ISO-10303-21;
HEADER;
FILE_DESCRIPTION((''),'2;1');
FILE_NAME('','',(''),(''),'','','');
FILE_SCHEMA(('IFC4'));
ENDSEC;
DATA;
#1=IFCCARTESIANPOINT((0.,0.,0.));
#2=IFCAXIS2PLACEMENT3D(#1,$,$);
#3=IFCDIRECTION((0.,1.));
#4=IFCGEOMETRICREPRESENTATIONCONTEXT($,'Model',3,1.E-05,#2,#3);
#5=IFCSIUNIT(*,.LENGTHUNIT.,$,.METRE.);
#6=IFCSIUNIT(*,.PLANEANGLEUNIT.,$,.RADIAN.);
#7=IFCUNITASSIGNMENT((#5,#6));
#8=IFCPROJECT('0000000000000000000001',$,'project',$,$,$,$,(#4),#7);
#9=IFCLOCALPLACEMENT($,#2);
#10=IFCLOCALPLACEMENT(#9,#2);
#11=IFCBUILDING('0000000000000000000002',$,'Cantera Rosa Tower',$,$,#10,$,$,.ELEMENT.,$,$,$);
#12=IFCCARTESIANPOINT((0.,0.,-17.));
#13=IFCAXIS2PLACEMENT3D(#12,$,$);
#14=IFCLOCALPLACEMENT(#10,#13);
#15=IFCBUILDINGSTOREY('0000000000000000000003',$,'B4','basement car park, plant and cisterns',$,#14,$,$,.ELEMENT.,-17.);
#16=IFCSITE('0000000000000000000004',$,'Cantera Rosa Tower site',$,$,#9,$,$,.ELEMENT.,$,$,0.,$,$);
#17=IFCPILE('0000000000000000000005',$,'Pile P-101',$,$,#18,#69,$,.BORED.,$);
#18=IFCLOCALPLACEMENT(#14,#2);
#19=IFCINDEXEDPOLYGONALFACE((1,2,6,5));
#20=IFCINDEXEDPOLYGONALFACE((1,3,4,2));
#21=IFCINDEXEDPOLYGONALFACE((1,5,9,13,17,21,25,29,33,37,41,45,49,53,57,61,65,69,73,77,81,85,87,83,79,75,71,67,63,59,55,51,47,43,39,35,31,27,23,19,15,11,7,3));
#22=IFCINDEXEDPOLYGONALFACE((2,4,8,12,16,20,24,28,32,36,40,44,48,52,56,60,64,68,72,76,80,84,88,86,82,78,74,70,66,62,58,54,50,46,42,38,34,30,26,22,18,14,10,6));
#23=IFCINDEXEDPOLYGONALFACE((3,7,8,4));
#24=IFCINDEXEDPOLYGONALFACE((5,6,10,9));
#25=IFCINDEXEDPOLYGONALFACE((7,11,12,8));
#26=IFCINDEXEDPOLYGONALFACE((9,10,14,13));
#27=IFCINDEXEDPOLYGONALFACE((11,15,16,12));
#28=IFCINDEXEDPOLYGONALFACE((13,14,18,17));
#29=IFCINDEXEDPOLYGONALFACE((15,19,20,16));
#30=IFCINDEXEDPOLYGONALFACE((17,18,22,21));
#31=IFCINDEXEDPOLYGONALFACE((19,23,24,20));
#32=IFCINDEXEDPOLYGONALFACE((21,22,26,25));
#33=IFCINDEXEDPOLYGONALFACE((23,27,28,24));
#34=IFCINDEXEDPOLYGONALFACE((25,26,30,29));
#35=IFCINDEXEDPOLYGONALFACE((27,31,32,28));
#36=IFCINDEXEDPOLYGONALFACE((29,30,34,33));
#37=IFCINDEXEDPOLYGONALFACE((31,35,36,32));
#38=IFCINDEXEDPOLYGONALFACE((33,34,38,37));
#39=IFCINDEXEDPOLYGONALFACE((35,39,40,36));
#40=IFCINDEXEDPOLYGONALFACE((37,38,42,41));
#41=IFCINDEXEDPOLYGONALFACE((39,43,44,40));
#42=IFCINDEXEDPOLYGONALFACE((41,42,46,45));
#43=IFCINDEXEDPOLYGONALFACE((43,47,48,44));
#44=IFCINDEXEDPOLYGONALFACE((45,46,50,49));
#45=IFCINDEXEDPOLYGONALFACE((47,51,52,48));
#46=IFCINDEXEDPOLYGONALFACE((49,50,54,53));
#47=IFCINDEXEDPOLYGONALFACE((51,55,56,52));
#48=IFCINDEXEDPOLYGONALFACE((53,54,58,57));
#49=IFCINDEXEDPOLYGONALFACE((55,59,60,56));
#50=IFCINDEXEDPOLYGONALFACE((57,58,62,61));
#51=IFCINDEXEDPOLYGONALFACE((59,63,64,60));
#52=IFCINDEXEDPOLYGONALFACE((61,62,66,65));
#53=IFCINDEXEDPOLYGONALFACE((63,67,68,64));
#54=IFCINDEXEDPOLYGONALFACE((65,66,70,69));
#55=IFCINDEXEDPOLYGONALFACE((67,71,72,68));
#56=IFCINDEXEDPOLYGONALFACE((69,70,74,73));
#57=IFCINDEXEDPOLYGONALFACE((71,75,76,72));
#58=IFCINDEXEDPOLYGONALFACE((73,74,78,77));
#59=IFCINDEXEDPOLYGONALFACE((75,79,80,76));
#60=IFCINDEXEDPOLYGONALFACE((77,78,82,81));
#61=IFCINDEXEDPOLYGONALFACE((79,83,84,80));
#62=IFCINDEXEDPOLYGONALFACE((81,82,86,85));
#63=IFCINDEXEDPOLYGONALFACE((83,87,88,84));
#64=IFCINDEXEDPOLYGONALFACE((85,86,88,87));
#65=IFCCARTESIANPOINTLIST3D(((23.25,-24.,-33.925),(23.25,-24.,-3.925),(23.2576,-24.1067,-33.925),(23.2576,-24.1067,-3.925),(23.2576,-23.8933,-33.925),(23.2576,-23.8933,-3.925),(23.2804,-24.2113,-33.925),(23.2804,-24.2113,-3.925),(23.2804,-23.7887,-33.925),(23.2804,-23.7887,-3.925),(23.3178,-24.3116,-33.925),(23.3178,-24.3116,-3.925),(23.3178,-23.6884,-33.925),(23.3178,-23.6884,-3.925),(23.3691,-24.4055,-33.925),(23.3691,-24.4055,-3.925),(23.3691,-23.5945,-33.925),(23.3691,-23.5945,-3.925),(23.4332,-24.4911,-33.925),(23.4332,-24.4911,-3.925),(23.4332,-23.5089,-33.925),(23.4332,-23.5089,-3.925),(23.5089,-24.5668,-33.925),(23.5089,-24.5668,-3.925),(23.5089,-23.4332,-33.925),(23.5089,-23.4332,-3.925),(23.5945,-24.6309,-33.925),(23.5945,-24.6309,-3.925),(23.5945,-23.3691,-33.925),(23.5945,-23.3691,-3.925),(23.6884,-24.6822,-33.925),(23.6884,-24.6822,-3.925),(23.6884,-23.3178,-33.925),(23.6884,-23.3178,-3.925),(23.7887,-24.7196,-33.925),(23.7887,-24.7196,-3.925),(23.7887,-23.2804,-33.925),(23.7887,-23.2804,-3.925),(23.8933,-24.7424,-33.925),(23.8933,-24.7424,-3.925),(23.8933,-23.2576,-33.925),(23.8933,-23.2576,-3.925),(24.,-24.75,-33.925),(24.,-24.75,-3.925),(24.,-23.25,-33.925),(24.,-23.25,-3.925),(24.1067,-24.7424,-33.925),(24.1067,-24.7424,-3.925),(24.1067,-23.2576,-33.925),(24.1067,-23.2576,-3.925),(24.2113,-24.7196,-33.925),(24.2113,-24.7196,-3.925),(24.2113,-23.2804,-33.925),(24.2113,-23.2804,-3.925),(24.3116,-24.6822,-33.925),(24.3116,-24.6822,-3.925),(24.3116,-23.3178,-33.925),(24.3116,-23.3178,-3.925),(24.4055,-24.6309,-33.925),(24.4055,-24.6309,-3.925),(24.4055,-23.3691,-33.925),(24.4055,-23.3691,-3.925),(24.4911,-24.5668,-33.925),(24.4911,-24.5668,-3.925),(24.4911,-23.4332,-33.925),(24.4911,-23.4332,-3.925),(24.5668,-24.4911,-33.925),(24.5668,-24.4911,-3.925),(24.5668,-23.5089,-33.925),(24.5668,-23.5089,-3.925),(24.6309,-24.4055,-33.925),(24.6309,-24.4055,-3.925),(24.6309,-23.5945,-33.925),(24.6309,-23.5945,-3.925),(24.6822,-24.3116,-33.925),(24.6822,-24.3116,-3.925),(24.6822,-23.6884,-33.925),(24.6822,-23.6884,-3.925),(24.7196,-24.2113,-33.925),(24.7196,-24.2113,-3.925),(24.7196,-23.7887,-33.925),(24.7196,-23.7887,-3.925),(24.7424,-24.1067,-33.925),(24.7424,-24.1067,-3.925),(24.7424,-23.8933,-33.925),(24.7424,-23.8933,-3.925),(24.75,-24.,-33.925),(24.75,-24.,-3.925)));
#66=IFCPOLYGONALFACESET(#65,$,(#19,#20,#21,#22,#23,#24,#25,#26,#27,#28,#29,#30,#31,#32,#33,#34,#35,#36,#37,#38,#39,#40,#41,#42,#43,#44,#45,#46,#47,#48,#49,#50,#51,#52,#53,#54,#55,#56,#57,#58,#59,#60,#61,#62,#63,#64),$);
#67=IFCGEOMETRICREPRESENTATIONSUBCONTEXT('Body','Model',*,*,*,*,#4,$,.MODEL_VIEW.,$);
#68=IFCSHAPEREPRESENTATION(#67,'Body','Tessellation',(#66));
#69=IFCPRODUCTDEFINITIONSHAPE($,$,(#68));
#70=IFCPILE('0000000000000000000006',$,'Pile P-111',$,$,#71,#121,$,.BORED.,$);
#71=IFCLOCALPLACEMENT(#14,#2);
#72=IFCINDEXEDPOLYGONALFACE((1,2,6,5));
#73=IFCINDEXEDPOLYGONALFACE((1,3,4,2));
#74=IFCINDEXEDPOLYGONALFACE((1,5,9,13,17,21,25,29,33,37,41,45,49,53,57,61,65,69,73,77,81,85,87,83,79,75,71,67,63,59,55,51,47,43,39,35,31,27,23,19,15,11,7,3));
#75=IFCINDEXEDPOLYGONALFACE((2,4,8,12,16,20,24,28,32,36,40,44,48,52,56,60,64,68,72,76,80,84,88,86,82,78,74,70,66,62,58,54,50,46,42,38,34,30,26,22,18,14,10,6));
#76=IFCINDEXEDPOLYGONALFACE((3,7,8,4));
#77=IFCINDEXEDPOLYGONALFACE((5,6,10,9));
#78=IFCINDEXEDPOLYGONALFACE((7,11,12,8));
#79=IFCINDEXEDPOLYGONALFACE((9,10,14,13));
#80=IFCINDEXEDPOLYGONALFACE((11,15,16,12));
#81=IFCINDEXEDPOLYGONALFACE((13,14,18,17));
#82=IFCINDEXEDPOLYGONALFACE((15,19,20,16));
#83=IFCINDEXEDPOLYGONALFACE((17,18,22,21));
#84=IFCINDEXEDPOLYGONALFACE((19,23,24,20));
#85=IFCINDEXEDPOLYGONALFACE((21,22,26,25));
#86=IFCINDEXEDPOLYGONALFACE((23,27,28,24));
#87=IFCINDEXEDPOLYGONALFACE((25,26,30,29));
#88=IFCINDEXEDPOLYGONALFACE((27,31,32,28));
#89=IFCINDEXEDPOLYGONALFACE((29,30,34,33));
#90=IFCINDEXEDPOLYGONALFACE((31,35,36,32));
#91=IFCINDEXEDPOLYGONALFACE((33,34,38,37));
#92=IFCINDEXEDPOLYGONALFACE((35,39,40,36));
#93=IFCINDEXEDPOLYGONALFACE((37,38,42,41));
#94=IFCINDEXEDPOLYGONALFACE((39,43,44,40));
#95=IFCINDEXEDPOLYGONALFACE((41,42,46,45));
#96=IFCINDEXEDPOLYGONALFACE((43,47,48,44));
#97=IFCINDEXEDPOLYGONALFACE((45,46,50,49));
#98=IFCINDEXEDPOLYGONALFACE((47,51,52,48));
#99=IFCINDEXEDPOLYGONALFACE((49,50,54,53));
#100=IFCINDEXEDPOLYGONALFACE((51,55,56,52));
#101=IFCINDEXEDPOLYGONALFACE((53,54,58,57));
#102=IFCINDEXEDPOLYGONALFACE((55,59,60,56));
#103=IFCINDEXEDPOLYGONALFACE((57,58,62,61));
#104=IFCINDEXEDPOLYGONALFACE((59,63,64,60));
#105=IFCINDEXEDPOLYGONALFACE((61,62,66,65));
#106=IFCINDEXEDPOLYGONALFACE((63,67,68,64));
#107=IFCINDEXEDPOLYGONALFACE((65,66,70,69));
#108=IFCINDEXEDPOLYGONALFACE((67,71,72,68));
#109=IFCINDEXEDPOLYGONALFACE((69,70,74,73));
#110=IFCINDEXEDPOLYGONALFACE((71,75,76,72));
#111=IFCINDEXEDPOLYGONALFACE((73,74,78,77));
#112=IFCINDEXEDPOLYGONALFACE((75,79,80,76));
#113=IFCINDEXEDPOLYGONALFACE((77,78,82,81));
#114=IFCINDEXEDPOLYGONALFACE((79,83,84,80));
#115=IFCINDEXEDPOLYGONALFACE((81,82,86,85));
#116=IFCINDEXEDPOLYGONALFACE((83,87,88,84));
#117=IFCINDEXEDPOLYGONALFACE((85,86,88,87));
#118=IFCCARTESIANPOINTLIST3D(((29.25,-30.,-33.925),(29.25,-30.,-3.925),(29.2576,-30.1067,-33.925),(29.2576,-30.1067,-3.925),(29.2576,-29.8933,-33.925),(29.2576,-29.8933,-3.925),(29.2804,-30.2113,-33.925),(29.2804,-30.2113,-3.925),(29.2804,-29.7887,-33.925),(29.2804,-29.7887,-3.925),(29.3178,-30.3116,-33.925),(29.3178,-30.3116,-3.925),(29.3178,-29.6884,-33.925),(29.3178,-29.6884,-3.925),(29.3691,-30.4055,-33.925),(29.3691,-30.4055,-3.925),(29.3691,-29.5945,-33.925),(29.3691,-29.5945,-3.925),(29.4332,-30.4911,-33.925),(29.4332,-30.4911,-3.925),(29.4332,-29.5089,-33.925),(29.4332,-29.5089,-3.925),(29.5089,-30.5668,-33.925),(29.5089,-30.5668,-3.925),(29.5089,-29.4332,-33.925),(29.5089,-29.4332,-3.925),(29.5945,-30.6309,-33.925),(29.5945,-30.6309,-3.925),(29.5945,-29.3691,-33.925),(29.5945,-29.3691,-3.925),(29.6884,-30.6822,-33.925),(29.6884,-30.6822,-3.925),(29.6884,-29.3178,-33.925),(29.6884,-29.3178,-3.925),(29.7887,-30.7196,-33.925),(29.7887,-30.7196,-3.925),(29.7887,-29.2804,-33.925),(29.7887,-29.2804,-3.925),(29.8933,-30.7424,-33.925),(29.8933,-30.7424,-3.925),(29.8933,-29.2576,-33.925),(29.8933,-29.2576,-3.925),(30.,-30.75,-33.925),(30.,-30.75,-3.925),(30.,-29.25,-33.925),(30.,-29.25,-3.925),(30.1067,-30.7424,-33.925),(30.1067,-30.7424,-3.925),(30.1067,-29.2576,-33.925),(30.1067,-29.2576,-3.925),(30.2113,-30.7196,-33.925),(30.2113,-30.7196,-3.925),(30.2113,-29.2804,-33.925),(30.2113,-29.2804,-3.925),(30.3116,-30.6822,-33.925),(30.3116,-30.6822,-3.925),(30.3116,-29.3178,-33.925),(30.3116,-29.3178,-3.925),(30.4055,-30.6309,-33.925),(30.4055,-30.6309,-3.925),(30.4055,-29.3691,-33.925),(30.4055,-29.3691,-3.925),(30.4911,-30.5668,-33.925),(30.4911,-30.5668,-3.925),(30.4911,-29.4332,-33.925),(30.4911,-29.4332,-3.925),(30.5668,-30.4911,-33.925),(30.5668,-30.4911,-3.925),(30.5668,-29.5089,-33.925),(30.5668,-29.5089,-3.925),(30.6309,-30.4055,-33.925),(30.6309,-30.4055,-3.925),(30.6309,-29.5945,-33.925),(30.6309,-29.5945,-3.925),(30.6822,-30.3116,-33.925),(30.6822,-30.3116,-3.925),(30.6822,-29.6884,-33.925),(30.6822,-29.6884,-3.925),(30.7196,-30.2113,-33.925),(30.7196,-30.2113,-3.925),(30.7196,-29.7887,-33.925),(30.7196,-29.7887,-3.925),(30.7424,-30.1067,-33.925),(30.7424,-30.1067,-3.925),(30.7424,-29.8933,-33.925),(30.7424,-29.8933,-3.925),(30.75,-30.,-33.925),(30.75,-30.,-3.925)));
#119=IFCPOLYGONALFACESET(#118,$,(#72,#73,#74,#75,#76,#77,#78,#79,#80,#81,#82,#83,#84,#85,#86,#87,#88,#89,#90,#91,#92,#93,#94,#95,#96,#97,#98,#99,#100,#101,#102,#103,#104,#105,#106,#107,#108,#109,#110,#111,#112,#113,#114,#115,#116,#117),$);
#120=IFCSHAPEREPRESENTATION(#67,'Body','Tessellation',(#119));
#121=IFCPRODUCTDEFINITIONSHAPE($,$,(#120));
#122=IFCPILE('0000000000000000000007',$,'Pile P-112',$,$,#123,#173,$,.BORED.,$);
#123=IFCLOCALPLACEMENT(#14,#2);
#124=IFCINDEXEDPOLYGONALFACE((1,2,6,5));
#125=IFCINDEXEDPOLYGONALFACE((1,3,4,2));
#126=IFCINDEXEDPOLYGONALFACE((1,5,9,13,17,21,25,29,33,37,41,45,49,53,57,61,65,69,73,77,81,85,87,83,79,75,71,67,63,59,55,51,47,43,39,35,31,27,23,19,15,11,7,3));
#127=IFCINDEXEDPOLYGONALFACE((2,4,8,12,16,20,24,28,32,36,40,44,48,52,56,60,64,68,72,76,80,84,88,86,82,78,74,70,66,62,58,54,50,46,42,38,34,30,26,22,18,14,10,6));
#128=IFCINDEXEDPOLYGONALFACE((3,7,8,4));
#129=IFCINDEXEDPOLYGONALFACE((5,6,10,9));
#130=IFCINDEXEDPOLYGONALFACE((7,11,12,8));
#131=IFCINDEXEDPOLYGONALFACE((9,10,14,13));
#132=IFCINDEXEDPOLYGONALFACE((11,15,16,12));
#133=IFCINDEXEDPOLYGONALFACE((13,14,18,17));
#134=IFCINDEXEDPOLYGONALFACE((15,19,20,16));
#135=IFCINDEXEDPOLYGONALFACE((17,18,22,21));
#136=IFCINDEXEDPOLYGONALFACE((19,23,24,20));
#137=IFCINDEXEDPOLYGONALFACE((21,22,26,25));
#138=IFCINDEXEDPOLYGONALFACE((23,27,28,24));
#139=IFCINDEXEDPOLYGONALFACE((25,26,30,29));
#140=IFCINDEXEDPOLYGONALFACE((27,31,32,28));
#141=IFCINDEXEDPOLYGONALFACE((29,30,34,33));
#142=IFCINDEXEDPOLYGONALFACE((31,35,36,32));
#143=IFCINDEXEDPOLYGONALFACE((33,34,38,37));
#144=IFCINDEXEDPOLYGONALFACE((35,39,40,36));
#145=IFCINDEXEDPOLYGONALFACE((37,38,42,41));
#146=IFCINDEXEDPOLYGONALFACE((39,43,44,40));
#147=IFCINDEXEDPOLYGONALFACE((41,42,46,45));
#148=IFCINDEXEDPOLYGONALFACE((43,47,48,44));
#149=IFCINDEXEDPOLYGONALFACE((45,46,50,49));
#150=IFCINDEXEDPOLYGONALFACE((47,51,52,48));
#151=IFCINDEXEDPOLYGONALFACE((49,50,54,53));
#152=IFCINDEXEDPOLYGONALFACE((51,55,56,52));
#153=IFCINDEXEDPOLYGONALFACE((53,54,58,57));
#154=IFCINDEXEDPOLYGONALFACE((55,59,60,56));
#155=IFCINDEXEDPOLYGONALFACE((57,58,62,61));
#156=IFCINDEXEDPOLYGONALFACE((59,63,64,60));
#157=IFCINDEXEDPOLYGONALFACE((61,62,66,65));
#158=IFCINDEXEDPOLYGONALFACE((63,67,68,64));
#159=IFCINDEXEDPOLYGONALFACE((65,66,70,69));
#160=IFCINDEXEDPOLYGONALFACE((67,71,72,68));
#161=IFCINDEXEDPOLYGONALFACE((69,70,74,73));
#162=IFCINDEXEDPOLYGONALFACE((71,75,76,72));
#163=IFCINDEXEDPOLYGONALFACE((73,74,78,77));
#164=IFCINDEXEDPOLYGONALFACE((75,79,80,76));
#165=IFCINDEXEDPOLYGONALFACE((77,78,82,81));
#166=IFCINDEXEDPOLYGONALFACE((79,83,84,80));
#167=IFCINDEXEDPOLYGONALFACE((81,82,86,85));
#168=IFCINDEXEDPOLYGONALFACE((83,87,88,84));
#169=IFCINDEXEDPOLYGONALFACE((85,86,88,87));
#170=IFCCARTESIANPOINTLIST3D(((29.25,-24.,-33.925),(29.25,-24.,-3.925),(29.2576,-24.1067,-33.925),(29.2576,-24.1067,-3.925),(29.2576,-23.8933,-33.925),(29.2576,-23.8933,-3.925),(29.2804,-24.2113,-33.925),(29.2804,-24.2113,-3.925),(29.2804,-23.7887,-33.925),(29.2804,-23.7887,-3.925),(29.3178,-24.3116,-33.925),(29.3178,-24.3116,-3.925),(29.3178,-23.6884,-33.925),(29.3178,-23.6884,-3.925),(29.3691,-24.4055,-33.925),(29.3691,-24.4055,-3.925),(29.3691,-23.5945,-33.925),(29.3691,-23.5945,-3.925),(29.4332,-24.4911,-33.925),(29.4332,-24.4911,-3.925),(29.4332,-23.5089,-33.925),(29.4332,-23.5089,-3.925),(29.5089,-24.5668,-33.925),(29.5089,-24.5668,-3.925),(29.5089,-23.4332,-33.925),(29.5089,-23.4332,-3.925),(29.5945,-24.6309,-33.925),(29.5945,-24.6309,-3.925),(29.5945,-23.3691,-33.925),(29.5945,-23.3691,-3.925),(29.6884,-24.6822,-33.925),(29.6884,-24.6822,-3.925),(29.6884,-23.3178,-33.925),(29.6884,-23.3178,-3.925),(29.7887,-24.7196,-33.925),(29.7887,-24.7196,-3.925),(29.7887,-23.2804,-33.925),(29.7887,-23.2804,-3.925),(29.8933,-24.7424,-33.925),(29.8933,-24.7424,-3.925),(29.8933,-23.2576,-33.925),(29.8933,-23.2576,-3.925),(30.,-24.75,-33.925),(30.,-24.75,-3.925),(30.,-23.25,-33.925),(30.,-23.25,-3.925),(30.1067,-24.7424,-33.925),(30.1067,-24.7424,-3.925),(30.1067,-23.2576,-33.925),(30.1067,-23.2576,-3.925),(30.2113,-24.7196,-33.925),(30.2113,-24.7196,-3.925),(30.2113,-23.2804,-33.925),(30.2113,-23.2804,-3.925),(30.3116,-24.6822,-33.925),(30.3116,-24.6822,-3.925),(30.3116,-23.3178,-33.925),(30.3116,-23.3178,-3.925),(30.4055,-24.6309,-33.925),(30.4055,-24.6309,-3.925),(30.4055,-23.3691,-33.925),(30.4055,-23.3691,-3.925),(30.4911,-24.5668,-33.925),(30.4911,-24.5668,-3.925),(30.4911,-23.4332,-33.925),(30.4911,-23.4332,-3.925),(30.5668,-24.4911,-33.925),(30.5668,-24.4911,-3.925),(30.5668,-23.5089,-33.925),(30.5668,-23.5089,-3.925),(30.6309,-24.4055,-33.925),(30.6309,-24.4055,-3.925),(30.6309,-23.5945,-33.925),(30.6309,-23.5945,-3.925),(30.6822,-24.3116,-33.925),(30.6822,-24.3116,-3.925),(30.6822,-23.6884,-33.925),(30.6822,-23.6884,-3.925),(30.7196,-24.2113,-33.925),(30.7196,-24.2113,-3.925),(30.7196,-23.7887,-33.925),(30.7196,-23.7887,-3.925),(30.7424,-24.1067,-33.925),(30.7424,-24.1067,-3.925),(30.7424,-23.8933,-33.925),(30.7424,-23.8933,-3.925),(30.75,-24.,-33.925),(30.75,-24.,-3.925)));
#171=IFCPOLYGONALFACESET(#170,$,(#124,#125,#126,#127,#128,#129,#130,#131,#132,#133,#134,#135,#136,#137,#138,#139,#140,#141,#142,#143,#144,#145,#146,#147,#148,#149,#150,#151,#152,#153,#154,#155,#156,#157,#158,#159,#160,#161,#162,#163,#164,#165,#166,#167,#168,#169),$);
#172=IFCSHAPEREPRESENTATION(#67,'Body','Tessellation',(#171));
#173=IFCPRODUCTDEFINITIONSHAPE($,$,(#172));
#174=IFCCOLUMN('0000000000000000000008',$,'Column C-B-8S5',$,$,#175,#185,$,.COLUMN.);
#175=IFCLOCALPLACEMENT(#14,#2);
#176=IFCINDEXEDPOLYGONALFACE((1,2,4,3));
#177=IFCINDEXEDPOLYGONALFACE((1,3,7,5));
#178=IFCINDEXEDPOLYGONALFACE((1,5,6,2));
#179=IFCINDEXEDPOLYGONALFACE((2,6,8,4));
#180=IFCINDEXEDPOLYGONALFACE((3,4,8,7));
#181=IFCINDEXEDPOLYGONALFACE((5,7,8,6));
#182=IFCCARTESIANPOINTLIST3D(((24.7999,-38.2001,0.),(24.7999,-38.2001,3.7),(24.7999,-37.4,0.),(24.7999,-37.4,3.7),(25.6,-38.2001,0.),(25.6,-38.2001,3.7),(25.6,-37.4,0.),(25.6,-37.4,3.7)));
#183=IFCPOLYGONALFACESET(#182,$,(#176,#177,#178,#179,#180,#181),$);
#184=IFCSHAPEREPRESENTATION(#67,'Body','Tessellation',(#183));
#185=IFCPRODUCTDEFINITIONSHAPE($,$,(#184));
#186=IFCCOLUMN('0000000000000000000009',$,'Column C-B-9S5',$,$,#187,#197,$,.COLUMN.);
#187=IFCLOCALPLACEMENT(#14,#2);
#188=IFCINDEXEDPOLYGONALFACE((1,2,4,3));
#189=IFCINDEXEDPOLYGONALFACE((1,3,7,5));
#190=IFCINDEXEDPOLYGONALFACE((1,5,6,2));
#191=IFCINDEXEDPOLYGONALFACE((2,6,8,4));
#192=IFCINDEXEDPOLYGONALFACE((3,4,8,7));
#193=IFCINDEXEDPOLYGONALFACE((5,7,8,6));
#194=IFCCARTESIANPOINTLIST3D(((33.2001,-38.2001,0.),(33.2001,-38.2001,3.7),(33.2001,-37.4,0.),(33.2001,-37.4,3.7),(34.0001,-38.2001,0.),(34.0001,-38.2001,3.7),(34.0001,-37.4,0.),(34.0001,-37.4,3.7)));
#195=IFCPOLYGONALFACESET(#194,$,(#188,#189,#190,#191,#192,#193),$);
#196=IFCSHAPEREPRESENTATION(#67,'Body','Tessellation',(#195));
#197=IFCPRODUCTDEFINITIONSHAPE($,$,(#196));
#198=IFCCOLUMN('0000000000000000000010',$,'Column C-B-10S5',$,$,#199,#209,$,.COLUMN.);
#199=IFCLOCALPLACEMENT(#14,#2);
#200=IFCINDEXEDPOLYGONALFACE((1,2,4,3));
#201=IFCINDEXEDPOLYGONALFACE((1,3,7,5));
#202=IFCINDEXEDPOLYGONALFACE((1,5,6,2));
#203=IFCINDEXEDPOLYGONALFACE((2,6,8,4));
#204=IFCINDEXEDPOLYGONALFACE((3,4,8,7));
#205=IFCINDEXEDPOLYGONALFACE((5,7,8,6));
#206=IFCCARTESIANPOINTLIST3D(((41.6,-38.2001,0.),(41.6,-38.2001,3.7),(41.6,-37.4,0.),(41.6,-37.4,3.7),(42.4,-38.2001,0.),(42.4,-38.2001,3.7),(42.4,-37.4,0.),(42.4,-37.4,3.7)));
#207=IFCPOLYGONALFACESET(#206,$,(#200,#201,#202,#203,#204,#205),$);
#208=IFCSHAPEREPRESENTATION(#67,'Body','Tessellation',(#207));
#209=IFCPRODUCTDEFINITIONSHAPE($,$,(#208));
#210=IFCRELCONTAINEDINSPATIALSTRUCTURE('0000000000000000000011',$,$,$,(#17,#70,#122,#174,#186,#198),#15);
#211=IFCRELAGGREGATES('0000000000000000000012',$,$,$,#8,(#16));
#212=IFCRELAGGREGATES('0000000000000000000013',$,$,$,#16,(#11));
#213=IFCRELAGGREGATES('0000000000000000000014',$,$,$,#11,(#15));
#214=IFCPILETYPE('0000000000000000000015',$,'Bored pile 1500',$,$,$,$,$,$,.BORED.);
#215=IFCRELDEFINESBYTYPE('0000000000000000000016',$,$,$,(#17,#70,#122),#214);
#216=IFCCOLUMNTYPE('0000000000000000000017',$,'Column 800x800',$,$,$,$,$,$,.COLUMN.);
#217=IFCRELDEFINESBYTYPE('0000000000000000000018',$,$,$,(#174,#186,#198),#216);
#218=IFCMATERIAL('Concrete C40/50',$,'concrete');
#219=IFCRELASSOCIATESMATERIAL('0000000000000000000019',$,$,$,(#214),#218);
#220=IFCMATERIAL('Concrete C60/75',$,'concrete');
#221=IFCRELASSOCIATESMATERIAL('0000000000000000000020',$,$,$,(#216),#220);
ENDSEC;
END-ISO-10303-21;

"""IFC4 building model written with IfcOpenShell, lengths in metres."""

from ifc_helpers import new_model, si_unit, direction, frame, origin, origin_2d, place, context, subcontext, project, spatial, rectangle, circle, extrude, material, material_profile, profile_set, type_object, element, save


model = new_model("IFC4")

# Units and contexts
model_context = context("Model", 3, precision=1e-05, world=origin(), true_north=direction((0.0, 1.0)))
body_context = subcontext(model_context, "Body", "Model", "MODEL_VIEW")
ifc_project = project(units=[si_unit("LENGTHUNIT", "METRE"), si_unit("PLANEANGLEUNIT", "RADIAN")], contexts=[model_context])

# Site, building, storey
site_placement = place(None, origin())
site = spatial("IfcSite", under=ifc_project, at=site_placement, Name="Cantera Rosa Tower site", CompositionType="ELEMENT", RefElevation=0.0)
building_placement = place(site_placement, origin())
building = spatial("IfcBuilding", under=site, at=building_placement, Name="Cantera Rosa Tower", CompositionType="ELEMENT")
storey_placement = place(building_placement, frame((0.0, 0.0, -17.0)))
storey = spatial("IfcBuildingStorey", under=building, at=storey_placement, Name="B4", Description="basement car park, plant and cisterns", CompositionType="ELEMENT", Elevation=-17.0)

# Piles
ifc_material_1 = material(Name="Concrete C40/50", Category="concrete")
ifc_material_profile_1 = material_profile(ifc_material_1, circle(Radius=0.75, at=origin_2d()), Name="Bored pile 1500")
ifc_profile_set_1 = profile_set([ifc_material_profile_1], Name="Concrete C40/50")
pile_type = type_object("IfcPileType", Name="Bored pile 1500", PredefinedType="BORED", material=ifc_profile_set_1)
for number, where, z_axis, x_axis, name in (
    (1, (24.0, -24.0, -3.925), (0.0, 0.0, -1.0), (1.0, 0.0, 0.0), "Pile P-101"),
    (2, (30.0, -30.0, -3.925), (0.0, 0.0, -1.0), (1.0, 0.0, 0.0), "Pile P-111"),
    (3, (30.0, -24.0, -3.925), (0.0, 0.0, -1.0), (1.0, 0.0, 0.0), "Pile P-112"),
):
    element("IfcPile", number, at=place(storey_placement, frame(where, z_axis=z_axis, x_axis=x_axis)), inside=storey, type_object=pile_type, Name=name, PredefinedType="BORED", context=body_context, shape_type="SweptSolid", body=[
        extrude(circle(Radius=0.75, at=origin_2d()), origin(), (0.0, 0.0, 1.0), 30.0),
    ])

# Columns
ifc_material_2 = material(Name="Concrete C60/75", Category="concrete")
ifc_material_profile_2 = material_profile(ifc_material_2, rectangle(XDim=0.8, YDim=0.8, at=origin_2d()), Name="Column 800x800")
ifc_profile_set_2 = profile_set([ifc_material_profile_2], Name="Concrete C60/75")
column_type_1 = type_object("IfcColumnType", Name="Column 800x800", PredefinedType="COLUMN", material=ifc_profile_set_2)
for number, where, z_axis, x_axis, name in (
    (4, (25.2, -37.8, 0.0), (0.0, 0.0, 1.0), (1.0, 0.0, 0.0), "Column C-B-8S5"),
    (5, (33.6001, -37.8, 0.0), (0.0, 0.0, 1.0), (1.0, 0.0, 0.0), "Column C-B-9S5"),
    (6, (42.0, -37.8, 0.0), (0.0, 0.0, 1.0), (1.0, 0.0, 0.0), "Column C-B-10S5"),
):
    element("IfcColumn", number, at=place(storey_placement, frame(where, z_axis=z_axis, x_axis=x_axis)), inside=storey, type_object=column_type_1, Name=name, PredefinedType="COLUMN", context=body_context, shape_type="SweptSolid", body=[
        extrude(rectangle(XDim=0.8, YDim=0.8, at=origin_2d()), origin(), (0.0, 0.0, 1.0), 3.7),
    ])

save(model, "model.ifc")
